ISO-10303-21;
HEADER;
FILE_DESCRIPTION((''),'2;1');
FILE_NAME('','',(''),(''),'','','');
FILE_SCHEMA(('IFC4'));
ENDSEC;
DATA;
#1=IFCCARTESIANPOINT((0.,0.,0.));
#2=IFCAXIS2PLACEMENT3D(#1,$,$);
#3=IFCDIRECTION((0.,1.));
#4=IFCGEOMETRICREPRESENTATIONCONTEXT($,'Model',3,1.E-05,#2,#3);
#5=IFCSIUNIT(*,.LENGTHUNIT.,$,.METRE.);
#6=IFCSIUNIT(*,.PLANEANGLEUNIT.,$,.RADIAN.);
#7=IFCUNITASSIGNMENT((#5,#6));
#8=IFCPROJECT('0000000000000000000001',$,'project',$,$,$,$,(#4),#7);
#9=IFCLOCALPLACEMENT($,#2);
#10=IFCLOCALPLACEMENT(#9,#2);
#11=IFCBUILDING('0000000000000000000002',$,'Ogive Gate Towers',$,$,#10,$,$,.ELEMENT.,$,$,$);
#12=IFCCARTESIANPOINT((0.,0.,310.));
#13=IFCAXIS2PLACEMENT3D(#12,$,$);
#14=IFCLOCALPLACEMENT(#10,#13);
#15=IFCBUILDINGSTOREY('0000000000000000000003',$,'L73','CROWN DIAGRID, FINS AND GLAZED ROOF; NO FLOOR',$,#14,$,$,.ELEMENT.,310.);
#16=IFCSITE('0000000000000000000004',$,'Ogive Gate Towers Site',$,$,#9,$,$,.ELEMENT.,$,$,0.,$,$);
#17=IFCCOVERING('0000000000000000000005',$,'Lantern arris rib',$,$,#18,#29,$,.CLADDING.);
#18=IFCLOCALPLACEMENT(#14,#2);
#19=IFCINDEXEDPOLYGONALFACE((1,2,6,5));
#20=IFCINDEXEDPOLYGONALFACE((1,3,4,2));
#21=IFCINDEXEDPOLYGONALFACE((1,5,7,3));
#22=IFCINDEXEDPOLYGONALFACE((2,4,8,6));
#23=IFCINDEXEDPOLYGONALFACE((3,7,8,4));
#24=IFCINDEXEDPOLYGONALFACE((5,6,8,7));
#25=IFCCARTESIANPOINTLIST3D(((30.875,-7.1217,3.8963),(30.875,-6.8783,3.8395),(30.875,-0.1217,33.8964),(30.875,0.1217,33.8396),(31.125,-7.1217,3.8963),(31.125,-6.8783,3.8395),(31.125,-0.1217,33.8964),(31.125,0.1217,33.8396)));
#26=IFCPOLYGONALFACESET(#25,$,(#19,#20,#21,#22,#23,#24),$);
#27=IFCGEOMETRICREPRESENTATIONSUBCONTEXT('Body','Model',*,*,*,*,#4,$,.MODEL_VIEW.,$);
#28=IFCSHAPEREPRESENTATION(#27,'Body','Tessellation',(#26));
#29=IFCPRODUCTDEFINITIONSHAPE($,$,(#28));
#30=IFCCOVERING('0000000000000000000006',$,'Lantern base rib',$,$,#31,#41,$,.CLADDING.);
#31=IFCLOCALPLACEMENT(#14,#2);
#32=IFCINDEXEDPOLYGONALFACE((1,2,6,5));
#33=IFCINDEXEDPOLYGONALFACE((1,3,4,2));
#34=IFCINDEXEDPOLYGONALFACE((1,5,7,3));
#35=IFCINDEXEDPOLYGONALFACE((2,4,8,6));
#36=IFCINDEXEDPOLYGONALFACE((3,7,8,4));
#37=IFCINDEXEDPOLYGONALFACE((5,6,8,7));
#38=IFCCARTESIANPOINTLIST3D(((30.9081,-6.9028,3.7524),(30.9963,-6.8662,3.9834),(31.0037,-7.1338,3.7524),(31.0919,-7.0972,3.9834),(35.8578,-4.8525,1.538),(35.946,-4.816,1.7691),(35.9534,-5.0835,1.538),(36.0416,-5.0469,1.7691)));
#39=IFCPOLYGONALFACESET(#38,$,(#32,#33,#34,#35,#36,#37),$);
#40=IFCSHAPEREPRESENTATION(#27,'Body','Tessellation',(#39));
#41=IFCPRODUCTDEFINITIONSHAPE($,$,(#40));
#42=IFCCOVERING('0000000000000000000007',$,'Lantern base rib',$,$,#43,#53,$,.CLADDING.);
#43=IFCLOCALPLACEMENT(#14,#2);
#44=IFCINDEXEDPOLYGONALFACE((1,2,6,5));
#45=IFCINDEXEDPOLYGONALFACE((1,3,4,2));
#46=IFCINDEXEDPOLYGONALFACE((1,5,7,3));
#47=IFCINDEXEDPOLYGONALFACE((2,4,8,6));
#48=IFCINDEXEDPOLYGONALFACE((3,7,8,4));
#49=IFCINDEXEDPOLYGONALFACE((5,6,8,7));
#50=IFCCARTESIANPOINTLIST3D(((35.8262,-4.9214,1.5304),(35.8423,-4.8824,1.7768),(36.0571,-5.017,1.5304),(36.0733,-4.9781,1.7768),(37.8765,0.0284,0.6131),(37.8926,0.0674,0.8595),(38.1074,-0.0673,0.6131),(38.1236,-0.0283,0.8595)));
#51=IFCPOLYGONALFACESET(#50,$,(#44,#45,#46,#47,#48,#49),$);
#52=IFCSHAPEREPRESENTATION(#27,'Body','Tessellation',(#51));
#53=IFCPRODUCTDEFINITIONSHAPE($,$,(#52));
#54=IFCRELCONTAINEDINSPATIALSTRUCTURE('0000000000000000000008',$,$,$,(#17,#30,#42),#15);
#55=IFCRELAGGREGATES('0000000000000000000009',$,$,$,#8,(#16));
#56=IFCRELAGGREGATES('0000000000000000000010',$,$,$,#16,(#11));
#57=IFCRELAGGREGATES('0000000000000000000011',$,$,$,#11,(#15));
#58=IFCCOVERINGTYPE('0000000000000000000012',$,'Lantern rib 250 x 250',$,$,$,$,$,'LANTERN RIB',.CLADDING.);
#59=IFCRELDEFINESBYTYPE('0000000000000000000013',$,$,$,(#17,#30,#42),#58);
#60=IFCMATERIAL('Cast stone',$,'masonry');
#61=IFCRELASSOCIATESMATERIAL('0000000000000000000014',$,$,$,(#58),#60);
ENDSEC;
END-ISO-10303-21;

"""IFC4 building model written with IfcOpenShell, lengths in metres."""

from ifc_helpers import new_model, si_unit, direction, frame, origin, origin_2d, place, context, subcontext, project, spatial, rectangle, extrude, material, material_profile, profile_set, type_object, element, save


model = new_model("IFC4")

# Units and contexts
model_context = context("Model", 3, precision=1e-05, world=origin(), true_north=direction((0.0, 1.0)))
body_context = subcontext(model_context, "Body", "Model", "MODEL_VIEW")
ifc_project = project(units=[si_unit("LENGTHUNIT", "METRE"), si_unit("PLANEANGLEUNIT", "RADIAN")], contexts=[model_context])

# Site, building, storey
site_placement = place(None, origin())
site = spatial("IfcSite", under=ifc_project, at=site_placement, Name="Ogive Gate Towers Site", CompositionType="ELEMENT", RefElevation=0.0)
building_placement = place(site_placement, origin())
building = spatial("IfcBuilding", under=site, at=building_placement, Name="Ogive Gate Towers", CompositionType="ELEMENT")
storey_placement = place(building_placement, frame((0.0, 0.0, 310.0)))
storey = spatial("IfcBuildingStorey", under=building, at=storey_placement, Name="L73", Description="CROWN DIAGRID, FINS AND GLAZED ROOF; NO FLOOR", CompositionType="ELEMENT", Elevation=310.0)

# Coverings
ifc_material_1 = material(Name="Cast stone", Category="masonry")
ifc_material_profile_1 = material_profile(ifc_material_1, rectangle(XDim=0.25, YDim=0.25, at=origin_2d()), Name="250 x 250 cast stone")
ifc_profile_set_1 = profile_set([ifc_material_profile_1], Name="Cast stone")
covering_type = type_object("IfcCoveringType", Name="Lantern rib 250 x 250", ElementType="LANTERN RIB", PredefinedType="CLADDING", material=ifc_profile_set_1)
covering_1_placement = place(storey_placement, frame((31.0, -7.0, 3.8679), z_axis=(0.0, 0.22723, 0.973841), x_axis=(-1.0, 0.0, 0.0)))
element("IfcCovering", 1, at=covering_1_placement, inside=storey, type_object=covering_type, Name="Lantern arris rib", PredefinedType="CLADDING", context=body_context, shape_type="SweptSolid", body=[
    extrude(rectangle(XDim=0.25, YDim=0.25, at=origin_2d()), origin(), (0.0, 0.0, 1.0), 30.8059),
])
covering_2_placement = place(storey_placement, frame((31.0, -7.0, 3.8679), z_axis=(0.853821, 0.353674, -0.381975), x_axis=(-0.382693, 0.923876, 0.0)))
element("IfcCovering", 2, at=covering_2_placement, inside=storey, type_object=covering_type, Name="Lantern base rib", PredefinedType="CLADDING", context=body_context, shape_type="SweptSolid", body=[
    extrude(rectangle(XDim=0.25, YDim=0.25, at=origin_2d()), origin(), (0.0, 0.0, 1.0), 5.7971),
])
covering_3_placement = place(storey_placement, frame((35.9497, -4.9497, 1.6536), z_axis=(0.377204, 0.910626, -0.168749), x_axis=(-0.923876, 0.382693, 0.0)))
element("IfcCovering", 3, at=covering_3_placement, inside=storey, type_object=covering_type, Name="Lantern base rib", PredefinedType="CLADDING", context=body_context, shape_type="SweptSolid", body=[
    extrude(rectangle(XDim=0.25, YDim=0.25, at=origin_2d()), origin(), (0.0, 0.0, 1.0), 5.4355),
])

save(model, "model.ifc")
